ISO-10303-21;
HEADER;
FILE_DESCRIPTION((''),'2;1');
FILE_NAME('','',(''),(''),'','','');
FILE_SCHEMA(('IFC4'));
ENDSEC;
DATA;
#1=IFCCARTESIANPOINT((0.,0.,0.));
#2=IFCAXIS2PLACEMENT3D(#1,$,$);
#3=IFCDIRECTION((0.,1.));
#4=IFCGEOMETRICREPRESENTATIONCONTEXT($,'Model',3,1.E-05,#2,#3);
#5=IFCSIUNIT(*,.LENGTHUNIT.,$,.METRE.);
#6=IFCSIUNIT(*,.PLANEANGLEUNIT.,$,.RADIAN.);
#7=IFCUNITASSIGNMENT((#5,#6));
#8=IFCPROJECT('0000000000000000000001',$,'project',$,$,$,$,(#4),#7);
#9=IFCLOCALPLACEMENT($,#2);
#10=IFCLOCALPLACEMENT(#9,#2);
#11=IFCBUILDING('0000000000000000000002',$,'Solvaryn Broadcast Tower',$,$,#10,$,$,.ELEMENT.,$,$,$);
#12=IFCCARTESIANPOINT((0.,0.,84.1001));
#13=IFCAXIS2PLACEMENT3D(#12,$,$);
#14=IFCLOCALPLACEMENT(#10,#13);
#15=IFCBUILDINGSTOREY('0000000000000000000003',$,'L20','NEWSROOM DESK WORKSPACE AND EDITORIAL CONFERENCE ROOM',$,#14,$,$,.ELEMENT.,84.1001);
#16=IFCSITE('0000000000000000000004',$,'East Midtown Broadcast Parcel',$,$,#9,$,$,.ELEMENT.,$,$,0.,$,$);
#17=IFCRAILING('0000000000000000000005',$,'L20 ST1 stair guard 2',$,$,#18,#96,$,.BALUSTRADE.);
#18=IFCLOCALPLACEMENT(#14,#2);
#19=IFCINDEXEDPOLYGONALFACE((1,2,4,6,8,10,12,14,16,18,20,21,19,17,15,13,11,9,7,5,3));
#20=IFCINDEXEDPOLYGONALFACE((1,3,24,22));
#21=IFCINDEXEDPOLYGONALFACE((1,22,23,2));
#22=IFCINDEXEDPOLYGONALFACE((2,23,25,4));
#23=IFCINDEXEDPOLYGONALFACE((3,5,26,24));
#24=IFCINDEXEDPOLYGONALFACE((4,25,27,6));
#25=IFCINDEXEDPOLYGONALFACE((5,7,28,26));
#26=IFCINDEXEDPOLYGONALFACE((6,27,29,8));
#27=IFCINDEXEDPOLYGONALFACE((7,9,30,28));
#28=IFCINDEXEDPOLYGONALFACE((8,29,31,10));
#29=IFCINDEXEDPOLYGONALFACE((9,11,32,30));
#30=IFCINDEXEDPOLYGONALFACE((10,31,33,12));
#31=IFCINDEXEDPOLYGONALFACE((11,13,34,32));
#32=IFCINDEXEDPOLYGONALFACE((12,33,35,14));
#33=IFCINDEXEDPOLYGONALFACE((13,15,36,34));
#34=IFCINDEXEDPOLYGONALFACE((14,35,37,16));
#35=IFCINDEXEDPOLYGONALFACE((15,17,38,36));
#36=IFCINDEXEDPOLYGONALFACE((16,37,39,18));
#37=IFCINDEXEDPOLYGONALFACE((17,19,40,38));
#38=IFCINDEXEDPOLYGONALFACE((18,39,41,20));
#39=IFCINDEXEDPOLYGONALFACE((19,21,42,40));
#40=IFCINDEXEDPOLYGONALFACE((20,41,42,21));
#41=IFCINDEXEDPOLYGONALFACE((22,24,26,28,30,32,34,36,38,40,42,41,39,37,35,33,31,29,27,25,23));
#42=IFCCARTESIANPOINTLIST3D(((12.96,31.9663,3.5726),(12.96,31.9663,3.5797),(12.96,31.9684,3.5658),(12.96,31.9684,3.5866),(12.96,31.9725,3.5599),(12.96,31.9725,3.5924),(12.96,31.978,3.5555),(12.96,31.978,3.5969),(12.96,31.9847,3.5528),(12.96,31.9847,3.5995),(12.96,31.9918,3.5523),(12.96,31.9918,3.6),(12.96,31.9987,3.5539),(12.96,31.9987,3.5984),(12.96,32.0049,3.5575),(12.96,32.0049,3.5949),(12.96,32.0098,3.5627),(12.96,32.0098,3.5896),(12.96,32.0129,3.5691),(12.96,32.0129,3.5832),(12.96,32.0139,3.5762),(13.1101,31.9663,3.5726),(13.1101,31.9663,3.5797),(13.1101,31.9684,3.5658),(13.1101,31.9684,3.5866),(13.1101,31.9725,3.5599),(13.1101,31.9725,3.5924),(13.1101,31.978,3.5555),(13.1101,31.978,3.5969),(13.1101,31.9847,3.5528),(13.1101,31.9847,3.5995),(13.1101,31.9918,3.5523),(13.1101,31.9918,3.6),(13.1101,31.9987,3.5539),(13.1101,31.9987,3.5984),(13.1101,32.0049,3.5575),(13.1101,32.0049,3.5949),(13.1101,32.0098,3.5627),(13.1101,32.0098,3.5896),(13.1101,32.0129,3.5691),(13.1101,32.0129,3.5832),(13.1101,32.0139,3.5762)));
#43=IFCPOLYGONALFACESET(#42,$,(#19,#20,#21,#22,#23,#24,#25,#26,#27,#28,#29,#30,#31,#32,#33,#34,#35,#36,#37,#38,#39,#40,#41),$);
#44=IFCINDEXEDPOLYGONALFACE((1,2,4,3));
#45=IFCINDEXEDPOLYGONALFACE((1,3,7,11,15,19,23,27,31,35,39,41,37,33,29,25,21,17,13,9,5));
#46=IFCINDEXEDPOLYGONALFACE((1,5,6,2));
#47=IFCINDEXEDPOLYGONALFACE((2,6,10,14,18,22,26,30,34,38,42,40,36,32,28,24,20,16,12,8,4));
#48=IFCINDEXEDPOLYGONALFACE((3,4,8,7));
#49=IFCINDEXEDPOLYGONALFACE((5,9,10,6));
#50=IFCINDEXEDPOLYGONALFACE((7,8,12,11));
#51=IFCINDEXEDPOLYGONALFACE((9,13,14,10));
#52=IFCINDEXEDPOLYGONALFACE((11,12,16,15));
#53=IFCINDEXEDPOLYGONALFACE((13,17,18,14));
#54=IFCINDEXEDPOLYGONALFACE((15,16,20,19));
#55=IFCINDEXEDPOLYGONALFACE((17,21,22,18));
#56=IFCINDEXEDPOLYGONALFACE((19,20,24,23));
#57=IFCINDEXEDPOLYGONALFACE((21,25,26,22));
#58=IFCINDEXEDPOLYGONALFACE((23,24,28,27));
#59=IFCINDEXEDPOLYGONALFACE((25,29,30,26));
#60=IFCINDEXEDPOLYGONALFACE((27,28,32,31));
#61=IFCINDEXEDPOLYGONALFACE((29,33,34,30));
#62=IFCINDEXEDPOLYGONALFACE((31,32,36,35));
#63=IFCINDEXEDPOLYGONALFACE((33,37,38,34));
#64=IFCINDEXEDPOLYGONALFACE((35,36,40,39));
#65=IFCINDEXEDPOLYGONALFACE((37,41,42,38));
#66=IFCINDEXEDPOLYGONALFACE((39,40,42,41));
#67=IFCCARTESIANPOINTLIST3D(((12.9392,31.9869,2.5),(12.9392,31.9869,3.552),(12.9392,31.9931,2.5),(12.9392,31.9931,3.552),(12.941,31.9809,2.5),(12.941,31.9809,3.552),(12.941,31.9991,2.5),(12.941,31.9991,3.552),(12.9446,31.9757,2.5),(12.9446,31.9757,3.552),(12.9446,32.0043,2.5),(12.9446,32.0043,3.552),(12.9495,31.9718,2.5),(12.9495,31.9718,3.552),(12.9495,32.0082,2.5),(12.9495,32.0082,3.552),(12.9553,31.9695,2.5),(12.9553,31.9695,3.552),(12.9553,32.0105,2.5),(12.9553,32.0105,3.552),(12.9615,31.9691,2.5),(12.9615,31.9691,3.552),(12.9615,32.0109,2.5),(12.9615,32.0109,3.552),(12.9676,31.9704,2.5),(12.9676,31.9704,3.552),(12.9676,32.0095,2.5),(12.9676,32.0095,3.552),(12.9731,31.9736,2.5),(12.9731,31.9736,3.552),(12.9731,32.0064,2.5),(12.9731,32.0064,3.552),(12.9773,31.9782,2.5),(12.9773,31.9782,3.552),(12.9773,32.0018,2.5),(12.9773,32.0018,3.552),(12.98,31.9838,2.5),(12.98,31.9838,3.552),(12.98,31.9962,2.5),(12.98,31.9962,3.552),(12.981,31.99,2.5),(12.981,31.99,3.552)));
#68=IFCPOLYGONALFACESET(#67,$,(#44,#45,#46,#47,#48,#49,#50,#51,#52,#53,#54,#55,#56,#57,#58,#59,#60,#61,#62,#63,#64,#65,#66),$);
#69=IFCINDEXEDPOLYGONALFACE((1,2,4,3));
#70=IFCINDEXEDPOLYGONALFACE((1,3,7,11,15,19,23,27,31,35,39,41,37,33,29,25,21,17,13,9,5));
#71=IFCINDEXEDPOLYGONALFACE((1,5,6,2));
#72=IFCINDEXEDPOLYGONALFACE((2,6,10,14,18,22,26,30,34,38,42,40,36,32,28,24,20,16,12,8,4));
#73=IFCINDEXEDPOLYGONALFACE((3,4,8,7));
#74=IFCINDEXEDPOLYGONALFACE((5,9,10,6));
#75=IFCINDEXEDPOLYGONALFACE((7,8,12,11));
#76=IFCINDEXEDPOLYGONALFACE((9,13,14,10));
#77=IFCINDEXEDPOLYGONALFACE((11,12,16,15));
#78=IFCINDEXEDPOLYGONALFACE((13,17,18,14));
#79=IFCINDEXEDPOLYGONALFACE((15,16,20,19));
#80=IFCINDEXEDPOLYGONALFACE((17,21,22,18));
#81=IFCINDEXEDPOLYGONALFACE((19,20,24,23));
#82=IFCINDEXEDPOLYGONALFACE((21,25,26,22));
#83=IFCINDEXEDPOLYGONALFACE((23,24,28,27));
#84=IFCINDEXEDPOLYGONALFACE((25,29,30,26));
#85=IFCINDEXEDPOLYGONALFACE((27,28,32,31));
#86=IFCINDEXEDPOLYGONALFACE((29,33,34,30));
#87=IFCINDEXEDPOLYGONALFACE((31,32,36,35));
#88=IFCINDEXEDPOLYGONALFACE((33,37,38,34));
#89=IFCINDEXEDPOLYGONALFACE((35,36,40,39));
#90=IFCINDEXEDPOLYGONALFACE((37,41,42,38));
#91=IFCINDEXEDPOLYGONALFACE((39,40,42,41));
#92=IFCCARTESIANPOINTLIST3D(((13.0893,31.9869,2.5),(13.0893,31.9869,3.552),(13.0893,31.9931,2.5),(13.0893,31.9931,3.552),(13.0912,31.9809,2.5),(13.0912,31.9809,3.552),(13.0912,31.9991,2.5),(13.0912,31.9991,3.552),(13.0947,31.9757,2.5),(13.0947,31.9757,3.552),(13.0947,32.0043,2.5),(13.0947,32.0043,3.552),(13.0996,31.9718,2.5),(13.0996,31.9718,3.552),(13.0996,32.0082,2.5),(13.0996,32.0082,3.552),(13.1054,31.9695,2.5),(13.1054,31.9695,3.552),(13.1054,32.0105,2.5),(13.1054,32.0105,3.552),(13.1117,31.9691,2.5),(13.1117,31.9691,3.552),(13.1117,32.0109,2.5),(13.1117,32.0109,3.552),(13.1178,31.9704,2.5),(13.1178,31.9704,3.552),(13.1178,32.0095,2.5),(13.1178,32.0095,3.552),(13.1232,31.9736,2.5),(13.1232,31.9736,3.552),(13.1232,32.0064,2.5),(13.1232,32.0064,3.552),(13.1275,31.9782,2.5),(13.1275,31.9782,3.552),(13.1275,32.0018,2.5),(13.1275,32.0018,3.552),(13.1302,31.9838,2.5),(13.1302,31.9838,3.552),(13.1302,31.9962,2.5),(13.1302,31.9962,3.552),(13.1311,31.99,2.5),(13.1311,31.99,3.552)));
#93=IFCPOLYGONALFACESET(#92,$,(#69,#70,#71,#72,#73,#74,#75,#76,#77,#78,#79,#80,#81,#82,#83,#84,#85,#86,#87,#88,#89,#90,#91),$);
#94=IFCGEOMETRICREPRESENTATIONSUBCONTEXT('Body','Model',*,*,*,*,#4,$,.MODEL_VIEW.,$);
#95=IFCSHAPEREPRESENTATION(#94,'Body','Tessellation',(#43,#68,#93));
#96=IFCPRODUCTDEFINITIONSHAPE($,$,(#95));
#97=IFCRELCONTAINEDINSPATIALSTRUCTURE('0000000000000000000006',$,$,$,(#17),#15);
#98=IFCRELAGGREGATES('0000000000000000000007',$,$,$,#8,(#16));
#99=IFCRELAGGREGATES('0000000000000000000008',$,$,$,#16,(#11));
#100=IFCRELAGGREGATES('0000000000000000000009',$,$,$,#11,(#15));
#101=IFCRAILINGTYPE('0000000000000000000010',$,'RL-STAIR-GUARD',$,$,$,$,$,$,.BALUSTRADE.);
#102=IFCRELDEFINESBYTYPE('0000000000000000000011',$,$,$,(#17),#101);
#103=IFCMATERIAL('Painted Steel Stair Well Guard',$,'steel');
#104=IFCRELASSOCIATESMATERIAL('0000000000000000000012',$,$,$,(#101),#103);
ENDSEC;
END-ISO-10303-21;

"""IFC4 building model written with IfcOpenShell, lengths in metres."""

from ifc_helpers import new_model, si_unit, direction, frame, origin, origin_2d, place, context, subcontext, project, spatial, circle, extrude, material, type_object, element, save


model = new_model("IFC4")

# Units and contexts
model_context = context("Model", 3, precision=1e-05, world=origin(), true_north=direction((0.0, 1.0)))
body_context = subcontext(model_context, "Body", "Model", "MODEL_VIEW")
ifc_project = project(units=[si_unit("LENGTHUNIT", "METRE"), si_unit("PLANEANGLEUNIT", "RADIAN")], contexts=[model_context])

# Site, building, storey
site_placement = place(None, origin())
site = spatial("IfcSite", under=ifc_project, at=site_placement, Name="East Midtown Broadcast Parcel", CompositionType="ELEMENT", RefElevation=0.0)
building_placement = place(site_placement, origin())
building = spatial("IfcBuilding", under=site, at=building_placement, Name="Solvaryn Broadcast Tower", CompositionType="ELEMENT")
storey_placement = place(building_placement, frame((0.0, 0.0, 84.1001)))
storey = spatial("IfcBuildingStorey", under=building, at=storey_placement, Name="L20", Description="NEWSROOM DESK WORKSPACE AND EDITORIAL CONFERENCE ROOM", CompositionType="ELEMENT", Elevation=84.1001)

# Railing
ifc_material_1 = material(Name="Painted Steel Stair Well Guard", Category="steel")
railing_type_1 = type_object("IfcRailingType", Name="RL-STAIR-GUARD", PredefinedType="BALUSTRADE", material=ifc_material_1)
railing_1_placement = place(storey_placement, frame((12.96, 31.99, 2.5)))
element("IfcRailing", 1, at=railing_1_placement, inside=storey, type_object=railing_type_1, Name="L20 ST1 stair guard 2", PredefinedType="BALUSTRADE", context=body_context, shape_type="SweptSolid", body=[
    extrude(circle(Radius=0.0239, at=origin_2d()), frame((0.0, 0.0, 1.0762), z_axis=(1.0, 0.0, 0.0), x_axis=(0.0, 1.0, 0.0)), (0.0, 0.0, 1.0), 0.1501),
    extrude(circle(Radius=0.021, at=origin_2d()), origin(), (0.0, 0.0, 1.0), 1.052),
    extrude(circle(Radius=0.021, at=origin_2d()), frame((0.1501, 0.0, 0.0)), (0.0, 0.0, 1.0), 1.052),
])

save(model, "model.ifc")
